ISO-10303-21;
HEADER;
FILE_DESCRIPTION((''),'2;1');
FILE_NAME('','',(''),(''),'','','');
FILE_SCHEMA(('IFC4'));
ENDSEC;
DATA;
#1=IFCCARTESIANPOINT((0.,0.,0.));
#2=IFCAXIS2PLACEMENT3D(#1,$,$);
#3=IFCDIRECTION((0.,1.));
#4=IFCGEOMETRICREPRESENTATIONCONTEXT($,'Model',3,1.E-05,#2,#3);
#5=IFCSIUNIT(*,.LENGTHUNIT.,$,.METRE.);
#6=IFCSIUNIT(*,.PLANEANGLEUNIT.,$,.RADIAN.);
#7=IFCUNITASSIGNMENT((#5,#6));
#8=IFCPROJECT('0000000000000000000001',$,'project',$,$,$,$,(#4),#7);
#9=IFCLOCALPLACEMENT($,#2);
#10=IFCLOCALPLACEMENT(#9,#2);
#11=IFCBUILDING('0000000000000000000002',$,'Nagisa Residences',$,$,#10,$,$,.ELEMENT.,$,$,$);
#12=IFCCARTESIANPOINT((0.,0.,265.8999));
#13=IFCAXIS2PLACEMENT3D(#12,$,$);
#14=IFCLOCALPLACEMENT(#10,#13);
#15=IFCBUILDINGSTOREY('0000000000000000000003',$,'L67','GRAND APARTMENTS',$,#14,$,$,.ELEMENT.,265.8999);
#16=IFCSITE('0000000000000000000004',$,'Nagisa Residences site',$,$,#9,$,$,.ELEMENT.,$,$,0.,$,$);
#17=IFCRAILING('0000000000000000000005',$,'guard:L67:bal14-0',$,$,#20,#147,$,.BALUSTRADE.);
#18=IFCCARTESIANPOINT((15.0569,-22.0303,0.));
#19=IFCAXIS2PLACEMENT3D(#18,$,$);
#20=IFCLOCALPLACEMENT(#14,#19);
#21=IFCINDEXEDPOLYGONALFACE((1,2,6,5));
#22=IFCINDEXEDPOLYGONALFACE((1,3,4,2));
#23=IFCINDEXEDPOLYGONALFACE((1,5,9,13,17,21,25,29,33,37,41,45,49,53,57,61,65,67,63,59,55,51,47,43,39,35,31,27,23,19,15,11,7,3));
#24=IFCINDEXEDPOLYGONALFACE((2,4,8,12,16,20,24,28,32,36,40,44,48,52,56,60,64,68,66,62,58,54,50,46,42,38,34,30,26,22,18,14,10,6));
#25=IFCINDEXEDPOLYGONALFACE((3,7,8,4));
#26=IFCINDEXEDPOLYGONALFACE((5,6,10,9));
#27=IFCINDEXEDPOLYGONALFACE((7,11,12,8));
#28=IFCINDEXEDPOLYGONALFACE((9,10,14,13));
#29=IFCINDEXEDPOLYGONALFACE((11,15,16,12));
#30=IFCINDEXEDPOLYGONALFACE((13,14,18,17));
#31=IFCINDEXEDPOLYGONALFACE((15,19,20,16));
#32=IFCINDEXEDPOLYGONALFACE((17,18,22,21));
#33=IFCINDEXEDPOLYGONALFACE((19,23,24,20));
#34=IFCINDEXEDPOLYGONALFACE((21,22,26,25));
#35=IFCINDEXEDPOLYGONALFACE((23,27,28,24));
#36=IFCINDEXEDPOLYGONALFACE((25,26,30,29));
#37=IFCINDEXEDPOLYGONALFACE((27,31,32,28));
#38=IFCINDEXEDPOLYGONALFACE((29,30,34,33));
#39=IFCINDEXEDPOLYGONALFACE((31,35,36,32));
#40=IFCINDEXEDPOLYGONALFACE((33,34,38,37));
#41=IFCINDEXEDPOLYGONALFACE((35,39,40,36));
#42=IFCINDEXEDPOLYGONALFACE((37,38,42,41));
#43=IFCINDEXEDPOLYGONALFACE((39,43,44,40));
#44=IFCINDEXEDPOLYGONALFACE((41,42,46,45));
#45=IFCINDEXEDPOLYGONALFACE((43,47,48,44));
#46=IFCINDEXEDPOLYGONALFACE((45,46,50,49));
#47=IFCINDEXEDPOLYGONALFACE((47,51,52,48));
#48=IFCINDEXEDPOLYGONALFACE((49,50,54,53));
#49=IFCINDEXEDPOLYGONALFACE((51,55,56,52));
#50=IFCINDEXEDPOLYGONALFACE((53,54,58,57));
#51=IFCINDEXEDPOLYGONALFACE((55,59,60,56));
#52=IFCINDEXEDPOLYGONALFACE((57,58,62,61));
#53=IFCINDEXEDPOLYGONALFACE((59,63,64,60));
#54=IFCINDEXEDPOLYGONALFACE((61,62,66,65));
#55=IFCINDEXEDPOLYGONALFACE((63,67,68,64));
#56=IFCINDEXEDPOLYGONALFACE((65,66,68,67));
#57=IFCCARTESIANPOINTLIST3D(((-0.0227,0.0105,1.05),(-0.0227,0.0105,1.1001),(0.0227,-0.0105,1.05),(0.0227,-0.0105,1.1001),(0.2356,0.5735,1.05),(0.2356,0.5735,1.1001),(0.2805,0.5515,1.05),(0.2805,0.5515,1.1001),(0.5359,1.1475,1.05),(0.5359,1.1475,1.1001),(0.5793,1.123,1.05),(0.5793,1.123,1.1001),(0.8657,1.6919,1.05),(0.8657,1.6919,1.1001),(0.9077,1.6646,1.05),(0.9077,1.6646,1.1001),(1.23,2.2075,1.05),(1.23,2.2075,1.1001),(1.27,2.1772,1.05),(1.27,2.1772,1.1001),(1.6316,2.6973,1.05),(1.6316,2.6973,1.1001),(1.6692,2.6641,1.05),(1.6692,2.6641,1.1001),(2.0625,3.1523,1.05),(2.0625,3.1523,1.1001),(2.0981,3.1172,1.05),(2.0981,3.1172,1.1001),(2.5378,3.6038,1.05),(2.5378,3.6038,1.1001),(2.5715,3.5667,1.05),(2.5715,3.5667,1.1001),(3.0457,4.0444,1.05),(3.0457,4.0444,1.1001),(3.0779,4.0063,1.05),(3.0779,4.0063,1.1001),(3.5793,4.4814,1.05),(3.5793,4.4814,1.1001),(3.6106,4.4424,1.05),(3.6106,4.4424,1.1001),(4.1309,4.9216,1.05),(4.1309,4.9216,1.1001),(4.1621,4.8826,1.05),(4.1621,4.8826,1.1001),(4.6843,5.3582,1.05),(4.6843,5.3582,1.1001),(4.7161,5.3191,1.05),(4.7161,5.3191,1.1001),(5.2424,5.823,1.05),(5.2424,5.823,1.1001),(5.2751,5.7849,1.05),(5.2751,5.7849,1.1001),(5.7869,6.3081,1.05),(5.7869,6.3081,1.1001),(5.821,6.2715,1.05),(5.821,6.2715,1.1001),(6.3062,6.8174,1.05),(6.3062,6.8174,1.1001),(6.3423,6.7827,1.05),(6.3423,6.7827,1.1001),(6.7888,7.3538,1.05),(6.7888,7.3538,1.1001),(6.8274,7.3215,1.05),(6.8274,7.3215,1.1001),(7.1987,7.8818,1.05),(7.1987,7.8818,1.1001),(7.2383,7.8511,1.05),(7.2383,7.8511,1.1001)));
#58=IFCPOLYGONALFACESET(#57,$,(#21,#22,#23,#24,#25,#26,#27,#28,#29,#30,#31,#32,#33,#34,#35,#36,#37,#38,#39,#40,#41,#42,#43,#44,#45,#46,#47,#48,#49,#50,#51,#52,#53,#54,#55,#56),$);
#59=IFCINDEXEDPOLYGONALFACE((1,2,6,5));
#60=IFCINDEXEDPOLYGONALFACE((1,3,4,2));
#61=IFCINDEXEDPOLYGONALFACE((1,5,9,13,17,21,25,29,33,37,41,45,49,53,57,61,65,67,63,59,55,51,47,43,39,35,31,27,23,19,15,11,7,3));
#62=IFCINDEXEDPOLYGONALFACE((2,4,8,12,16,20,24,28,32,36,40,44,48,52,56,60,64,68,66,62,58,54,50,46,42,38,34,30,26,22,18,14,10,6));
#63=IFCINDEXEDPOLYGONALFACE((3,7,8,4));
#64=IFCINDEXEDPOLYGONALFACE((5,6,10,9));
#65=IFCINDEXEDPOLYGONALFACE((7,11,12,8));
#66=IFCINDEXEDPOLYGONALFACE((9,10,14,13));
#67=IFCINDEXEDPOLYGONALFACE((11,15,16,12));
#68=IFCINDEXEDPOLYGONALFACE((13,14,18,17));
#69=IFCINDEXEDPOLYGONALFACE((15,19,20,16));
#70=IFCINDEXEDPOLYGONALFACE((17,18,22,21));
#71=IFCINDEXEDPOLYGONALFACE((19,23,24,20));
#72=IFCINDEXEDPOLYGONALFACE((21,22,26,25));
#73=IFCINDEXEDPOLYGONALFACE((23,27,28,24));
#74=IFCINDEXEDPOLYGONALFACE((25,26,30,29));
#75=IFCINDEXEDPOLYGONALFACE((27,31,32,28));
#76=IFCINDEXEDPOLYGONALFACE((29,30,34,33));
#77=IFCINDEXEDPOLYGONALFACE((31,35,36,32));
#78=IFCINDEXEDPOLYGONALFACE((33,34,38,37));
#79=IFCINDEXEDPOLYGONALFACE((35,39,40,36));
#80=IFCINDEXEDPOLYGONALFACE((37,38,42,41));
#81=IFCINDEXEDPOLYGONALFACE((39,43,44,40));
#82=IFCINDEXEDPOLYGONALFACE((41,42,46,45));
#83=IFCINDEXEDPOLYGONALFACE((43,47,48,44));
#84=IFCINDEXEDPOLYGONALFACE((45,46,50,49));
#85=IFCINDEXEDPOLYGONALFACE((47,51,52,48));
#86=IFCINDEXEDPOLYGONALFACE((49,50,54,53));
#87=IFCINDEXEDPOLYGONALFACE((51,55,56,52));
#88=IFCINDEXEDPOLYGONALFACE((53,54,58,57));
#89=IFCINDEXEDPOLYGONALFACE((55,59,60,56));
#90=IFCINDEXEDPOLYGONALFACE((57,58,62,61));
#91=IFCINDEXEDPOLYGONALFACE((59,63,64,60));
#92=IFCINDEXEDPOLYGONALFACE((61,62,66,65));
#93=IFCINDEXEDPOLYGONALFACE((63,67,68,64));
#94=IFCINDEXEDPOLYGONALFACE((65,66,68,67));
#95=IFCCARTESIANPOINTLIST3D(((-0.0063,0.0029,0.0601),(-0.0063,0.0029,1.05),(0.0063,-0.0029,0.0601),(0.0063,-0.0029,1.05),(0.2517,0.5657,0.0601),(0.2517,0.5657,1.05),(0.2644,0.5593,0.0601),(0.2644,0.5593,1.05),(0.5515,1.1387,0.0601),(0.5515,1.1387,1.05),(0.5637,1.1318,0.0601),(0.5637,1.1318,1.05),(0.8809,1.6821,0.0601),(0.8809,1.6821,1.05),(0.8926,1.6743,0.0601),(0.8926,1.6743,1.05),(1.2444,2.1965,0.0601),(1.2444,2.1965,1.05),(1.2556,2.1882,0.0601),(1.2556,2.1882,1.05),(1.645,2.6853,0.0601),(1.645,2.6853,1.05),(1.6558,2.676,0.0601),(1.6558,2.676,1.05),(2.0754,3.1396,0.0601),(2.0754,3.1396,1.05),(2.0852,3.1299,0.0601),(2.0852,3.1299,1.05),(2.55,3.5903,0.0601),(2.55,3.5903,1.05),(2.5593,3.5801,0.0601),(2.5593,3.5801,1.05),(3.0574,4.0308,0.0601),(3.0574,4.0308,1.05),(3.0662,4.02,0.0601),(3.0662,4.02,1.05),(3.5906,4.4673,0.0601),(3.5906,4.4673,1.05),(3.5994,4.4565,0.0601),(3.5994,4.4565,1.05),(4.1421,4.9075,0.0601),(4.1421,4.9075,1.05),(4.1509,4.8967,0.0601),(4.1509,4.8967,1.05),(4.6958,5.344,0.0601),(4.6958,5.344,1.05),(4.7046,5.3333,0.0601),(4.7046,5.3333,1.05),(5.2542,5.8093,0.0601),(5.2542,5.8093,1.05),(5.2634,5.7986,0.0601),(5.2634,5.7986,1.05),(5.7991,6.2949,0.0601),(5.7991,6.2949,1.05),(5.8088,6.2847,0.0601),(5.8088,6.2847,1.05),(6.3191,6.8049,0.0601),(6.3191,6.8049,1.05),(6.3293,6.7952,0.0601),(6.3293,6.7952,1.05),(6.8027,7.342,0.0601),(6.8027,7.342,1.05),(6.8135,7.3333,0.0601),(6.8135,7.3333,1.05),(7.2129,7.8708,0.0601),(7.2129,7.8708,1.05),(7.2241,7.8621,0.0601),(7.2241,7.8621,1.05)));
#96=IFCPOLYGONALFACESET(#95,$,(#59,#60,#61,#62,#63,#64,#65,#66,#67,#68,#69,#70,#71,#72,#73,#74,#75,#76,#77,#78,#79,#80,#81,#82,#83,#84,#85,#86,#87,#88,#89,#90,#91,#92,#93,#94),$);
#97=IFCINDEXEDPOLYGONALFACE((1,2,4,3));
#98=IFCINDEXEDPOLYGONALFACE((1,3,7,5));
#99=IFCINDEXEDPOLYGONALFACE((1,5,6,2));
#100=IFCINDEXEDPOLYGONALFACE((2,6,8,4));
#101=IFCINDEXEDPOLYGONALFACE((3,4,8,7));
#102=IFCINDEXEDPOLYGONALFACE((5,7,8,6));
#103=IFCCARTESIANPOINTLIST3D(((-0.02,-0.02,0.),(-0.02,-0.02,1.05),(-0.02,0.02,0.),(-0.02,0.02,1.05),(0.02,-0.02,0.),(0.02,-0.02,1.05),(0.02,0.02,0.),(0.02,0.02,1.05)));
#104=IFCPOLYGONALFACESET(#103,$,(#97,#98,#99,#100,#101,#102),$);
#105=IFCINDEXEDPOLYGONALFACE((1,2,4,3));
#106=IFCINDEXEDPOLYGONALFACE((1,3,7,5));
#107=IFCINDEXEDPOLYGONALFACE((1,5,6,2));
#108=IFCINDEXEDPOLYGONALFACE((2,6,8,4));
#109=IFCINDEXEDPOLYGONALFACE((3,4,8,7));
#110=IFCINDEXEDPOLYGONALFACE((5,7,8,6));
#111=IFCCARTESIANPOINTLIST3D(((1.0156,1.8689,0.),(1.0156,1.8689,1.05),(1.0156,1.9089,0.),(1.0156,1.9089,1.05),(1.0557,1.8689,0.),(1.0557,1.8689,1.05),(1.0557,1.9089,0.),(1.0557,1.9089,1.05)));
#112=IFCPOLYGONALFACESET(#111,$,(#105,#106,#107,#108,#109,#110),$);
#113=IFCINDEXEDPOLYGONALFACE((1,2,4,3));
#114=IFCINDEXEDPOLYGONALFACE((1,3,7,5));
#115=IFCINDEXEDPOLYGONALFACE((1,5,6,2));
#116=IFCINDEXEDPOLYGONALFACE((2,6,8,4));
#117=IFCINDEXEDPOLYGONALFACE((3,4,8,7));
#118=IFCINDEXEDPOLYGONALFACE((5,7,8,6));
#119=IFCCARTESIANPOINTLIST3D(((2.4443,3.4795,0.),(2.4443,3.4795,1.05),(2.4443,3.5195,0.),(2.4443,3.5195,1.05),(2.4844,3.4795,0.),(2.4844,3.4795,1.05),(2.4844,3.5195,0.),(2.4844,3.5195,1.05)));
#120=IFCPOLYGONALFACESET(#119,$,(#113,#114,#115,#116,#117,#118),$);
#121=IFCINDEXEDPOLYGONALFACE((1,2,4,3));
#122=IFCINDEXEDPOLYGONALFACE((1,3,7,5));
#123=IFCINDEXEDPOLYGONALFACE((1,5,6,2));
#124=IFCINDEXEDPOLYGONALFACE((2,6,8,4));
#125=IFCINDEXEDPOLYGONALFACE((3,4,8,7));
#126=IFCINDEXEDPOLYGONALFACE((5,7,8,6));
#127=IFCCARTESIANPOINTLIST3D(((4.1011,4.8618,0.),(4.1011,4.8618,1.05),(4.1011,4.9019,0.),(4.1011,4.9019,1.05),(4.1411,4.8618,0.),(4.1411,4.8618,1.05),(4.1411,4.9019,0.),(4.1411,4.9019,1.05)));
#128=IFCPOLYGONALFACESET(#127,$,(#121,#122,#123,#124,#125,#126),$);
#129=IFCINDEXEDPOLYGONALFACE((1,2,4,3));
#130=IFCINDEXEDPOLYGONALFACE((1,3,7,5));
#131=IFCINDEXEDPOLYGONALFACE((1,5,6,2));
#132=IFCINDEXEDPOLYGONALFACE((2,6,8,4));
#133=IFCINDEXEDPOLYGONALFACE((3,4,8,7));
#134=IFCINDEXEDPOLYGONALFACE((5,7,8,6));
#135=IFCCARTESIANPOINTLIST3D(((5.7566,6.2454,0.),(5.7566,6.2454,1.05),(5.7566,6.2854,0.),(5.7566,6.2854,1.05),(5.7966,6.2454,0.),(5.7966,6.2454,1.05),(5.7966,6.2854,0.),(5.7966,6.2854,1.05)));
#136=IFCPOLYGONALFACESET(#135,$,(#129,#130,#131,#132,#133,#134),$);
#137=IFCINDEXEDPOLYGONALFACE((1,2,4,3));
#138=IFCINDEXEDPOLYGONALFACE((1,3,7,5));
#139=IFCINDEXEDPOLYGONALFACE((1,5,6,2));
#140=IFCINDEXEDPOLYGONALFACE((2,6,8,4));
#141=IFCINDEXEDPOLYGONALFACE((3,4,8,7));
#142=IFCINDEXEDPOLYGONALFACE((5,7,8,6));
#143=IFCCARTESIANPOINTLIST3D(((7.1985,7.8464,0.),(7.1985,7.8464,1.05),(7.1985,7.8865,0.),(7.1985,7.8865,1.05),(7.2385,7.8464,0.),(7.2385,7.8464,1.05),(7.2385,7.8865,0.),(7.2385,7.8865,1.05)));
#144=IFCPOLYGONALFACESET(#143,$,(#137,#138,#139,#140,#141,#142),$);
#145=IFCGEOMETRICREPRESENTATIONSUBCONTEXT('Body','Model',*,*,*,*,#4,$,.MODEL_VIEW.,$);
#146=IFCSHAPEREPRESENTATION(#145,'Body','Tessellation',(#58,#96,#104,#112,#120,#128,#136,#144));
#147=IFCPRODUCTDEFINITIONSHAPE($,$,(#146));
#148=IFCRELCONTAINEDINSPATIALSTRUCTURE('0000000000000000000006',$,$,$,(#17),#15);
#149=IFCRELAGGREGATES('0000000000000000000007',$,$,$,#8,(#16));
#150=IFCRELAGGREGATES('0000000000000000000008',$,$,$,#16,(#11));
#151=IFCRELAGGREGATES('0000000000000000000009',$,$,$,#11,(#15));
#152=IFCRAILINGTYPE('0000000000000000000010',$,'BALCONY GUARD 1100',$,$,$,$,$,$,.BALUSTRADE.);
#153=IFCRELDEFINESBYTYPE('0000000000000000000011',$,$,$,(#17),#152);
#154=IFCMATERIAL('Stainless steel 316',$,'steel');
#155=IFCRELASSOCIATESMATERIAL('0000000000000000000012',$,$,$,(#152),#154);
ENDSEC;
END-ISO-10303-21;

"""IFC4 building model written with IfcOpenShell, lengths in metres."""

from ifc_helpers import new_model, si_unit, direction, frame, origin, origin_2d, place, context, subcontext, project, spatial, polyline, rectangle, outline, extrude, material, type_object, element, save


model = new_model("IFC4")

# Units and contexts
model_context = context("Model", 3, precision=1e-05, world=origin(), true_north=direction((0.0, 1.0)))
body_context = subcontext(model_context, "Body", "Model", "MODEL_VIEW")
ifc_project = project(units=[si_unit("LENGTHUNIT", "METRE"), si_unit("PLANEANGLEUNIT", "RADIAN")], contexts=[model_context])

# Site, building, storey
site_placement = place(None, origin())
site = spatial("IfcSite", under=ifc_project, at=site_placement, Name="Nagisa Residences site", CompositionType="ELEMENT", RefElevation=0.0)
building_placement = place(site_placement, origin())
building = spatial("IfcBuilding", under=site, at=building_placement, Name="Nagisa Residences", CompositionType="ELEMENT")
storey_placement = place(building_placement, frame((0.0, 0.0, 265.8999)))
storey = spatial("IfcBuildingStorey", under=building, at=storey_placement, Name="L67", Description="GRAND APARTMENTS", CompositionType="ELEMENT", Elevation=265.8999)

# Railing
ifc_material_1 = material(Name="Stainless steel 316", Category="steel")
railing_type = type_object("IfcRailingType", Name="BALCONY GUARD 1100", PredefinedType="BALUSTRADE", material=ifc_material_1)
railing_1_placement = place(storey_placement, frame((15.0569, -22.0303, 0.0)))
element("IfcRailing", 1, at=railing_1_placement, inside=storey, type_object=railing_type, Name="guard:L67:bal14-0", PredefinedType="BALUSTRADE", context=body_context, shape_type="SweptSolid", body=[
    extrude(outline(polyline([(0.2356, 0.5735), (-0.0227, 0.0105), (0.0227, -0.0105), (0.2805, 0.5515), (0.5793, 1.123), (0.9077, 1.6646), (1.27, 2.1772), (1.6692, 2.6641), (2.0981, 3.1172), (2.5715, 3.5667), (3.0779, 4.0063), (3.6106, 4.4424), (4.1621, 4.8826), (4.7161, 5.3191), (5.2751, 5.7849), (5.821, 6.2715), (6.3423, 6.7827), (6.8274, 7.3215), (7.2383, 7.8511), (7.1987, 7.8818), (6.7888, 7.3538), (6.3062, 6.8174), (5.7869, 6.3081), (5.2424, 5.823), (4.6843, 5.3582), (4.1309, 4.9216), (3.5793, 4.4814), (3.0457, 4.0444), (2.5378, 3.6038), (2.0625, 3.1523), (1.6316, 2.6973), (1.23, 2.2075), (0.8657, 1.6919), (0.5359, 1.1475), (0.2356, 0.5735)])), frame((0.0, 0.0, 1.05)), (0.0, 0.0, 1.0), 0.05),
    extrude(outline(polyline([(0.2517, 0.5657), (-0.0063, 0.0029), (0.0063, -0.0029), (0.2644, 0.5593), (0.5637, 1.1318), (0.8926, 1.6743), (1.2556, 2.1882), (1.6558, 2.676), (2.0852, 3.1299), (2.5593, 3.5801), (3.0662, 4.02), (3.5994, 4.4565), (4.1509, 4.8967), (4.7046, 5.3333), (5.2634, 5.7986), (5.8088, 6.2847), (6.3293, 6.7952), (6.8135, 7.3333), (7.2241, 7.8621), (7.2129, 7.8708), (6.8027, 7.342), (6.3191, 6.8049), (5.7991, 6.2949), (5.2542, 5.8093), (4.6958, 5.344), (4.1421, 4.9075), (3.5906, 4.4673), (3.0574, 4.0308), (2.55, 3.5903), (2.0754, 3.1396), (1.645, 2.6853), (1.2444, 2.1965), (0.8809, 1.6821), (0.5515, 1.1387), (0.2517, 0.5657)])), frame((0.0, 0.0, 0.0601)), (0.0, 0.0, 1.0), 0.99),
    extrude(rectangle(XDim=0.04, YDim=0.04, at=origin_2d()), origin(), (0.0, 0.0, 1.0), 1.05),
    extrude(rectangle(XDim=0.04, YDim=0.04, at=origin_2d()), frame((1.0356, 1.8889, 0.0)), (0.0, 0.0, 1.0), 1.05),
    extrude(rectangle(XDim=0.04, YDim=0.04, at=origin_2d()), frame((2.4644, 3.4995, 0.0)), (0.0, 0.0, 1.0), 1.05),
    extrude(rectangle(XDim=0.04, YDim=0.04, at=origin_2d()), frame((4.1211, 4.8818, 0.0)), (0.0, 0.0, 1.0), 1.05),
    extrude(rectangle(XDim=0.04, YDim=0.04, at=origin_2d()), frame((5.7766, 6.2654, 0.0)), (0.0, 0.0, 1.0), 1.05),
    extrude(rectangle(XDim=0.04, YDim=0.04, at=origin_2d()), frame((7.2185, 7.8665, 0.0)), (0.0, 0.0, 1.0), 1.05),
])

save(model, "model.ifc")
